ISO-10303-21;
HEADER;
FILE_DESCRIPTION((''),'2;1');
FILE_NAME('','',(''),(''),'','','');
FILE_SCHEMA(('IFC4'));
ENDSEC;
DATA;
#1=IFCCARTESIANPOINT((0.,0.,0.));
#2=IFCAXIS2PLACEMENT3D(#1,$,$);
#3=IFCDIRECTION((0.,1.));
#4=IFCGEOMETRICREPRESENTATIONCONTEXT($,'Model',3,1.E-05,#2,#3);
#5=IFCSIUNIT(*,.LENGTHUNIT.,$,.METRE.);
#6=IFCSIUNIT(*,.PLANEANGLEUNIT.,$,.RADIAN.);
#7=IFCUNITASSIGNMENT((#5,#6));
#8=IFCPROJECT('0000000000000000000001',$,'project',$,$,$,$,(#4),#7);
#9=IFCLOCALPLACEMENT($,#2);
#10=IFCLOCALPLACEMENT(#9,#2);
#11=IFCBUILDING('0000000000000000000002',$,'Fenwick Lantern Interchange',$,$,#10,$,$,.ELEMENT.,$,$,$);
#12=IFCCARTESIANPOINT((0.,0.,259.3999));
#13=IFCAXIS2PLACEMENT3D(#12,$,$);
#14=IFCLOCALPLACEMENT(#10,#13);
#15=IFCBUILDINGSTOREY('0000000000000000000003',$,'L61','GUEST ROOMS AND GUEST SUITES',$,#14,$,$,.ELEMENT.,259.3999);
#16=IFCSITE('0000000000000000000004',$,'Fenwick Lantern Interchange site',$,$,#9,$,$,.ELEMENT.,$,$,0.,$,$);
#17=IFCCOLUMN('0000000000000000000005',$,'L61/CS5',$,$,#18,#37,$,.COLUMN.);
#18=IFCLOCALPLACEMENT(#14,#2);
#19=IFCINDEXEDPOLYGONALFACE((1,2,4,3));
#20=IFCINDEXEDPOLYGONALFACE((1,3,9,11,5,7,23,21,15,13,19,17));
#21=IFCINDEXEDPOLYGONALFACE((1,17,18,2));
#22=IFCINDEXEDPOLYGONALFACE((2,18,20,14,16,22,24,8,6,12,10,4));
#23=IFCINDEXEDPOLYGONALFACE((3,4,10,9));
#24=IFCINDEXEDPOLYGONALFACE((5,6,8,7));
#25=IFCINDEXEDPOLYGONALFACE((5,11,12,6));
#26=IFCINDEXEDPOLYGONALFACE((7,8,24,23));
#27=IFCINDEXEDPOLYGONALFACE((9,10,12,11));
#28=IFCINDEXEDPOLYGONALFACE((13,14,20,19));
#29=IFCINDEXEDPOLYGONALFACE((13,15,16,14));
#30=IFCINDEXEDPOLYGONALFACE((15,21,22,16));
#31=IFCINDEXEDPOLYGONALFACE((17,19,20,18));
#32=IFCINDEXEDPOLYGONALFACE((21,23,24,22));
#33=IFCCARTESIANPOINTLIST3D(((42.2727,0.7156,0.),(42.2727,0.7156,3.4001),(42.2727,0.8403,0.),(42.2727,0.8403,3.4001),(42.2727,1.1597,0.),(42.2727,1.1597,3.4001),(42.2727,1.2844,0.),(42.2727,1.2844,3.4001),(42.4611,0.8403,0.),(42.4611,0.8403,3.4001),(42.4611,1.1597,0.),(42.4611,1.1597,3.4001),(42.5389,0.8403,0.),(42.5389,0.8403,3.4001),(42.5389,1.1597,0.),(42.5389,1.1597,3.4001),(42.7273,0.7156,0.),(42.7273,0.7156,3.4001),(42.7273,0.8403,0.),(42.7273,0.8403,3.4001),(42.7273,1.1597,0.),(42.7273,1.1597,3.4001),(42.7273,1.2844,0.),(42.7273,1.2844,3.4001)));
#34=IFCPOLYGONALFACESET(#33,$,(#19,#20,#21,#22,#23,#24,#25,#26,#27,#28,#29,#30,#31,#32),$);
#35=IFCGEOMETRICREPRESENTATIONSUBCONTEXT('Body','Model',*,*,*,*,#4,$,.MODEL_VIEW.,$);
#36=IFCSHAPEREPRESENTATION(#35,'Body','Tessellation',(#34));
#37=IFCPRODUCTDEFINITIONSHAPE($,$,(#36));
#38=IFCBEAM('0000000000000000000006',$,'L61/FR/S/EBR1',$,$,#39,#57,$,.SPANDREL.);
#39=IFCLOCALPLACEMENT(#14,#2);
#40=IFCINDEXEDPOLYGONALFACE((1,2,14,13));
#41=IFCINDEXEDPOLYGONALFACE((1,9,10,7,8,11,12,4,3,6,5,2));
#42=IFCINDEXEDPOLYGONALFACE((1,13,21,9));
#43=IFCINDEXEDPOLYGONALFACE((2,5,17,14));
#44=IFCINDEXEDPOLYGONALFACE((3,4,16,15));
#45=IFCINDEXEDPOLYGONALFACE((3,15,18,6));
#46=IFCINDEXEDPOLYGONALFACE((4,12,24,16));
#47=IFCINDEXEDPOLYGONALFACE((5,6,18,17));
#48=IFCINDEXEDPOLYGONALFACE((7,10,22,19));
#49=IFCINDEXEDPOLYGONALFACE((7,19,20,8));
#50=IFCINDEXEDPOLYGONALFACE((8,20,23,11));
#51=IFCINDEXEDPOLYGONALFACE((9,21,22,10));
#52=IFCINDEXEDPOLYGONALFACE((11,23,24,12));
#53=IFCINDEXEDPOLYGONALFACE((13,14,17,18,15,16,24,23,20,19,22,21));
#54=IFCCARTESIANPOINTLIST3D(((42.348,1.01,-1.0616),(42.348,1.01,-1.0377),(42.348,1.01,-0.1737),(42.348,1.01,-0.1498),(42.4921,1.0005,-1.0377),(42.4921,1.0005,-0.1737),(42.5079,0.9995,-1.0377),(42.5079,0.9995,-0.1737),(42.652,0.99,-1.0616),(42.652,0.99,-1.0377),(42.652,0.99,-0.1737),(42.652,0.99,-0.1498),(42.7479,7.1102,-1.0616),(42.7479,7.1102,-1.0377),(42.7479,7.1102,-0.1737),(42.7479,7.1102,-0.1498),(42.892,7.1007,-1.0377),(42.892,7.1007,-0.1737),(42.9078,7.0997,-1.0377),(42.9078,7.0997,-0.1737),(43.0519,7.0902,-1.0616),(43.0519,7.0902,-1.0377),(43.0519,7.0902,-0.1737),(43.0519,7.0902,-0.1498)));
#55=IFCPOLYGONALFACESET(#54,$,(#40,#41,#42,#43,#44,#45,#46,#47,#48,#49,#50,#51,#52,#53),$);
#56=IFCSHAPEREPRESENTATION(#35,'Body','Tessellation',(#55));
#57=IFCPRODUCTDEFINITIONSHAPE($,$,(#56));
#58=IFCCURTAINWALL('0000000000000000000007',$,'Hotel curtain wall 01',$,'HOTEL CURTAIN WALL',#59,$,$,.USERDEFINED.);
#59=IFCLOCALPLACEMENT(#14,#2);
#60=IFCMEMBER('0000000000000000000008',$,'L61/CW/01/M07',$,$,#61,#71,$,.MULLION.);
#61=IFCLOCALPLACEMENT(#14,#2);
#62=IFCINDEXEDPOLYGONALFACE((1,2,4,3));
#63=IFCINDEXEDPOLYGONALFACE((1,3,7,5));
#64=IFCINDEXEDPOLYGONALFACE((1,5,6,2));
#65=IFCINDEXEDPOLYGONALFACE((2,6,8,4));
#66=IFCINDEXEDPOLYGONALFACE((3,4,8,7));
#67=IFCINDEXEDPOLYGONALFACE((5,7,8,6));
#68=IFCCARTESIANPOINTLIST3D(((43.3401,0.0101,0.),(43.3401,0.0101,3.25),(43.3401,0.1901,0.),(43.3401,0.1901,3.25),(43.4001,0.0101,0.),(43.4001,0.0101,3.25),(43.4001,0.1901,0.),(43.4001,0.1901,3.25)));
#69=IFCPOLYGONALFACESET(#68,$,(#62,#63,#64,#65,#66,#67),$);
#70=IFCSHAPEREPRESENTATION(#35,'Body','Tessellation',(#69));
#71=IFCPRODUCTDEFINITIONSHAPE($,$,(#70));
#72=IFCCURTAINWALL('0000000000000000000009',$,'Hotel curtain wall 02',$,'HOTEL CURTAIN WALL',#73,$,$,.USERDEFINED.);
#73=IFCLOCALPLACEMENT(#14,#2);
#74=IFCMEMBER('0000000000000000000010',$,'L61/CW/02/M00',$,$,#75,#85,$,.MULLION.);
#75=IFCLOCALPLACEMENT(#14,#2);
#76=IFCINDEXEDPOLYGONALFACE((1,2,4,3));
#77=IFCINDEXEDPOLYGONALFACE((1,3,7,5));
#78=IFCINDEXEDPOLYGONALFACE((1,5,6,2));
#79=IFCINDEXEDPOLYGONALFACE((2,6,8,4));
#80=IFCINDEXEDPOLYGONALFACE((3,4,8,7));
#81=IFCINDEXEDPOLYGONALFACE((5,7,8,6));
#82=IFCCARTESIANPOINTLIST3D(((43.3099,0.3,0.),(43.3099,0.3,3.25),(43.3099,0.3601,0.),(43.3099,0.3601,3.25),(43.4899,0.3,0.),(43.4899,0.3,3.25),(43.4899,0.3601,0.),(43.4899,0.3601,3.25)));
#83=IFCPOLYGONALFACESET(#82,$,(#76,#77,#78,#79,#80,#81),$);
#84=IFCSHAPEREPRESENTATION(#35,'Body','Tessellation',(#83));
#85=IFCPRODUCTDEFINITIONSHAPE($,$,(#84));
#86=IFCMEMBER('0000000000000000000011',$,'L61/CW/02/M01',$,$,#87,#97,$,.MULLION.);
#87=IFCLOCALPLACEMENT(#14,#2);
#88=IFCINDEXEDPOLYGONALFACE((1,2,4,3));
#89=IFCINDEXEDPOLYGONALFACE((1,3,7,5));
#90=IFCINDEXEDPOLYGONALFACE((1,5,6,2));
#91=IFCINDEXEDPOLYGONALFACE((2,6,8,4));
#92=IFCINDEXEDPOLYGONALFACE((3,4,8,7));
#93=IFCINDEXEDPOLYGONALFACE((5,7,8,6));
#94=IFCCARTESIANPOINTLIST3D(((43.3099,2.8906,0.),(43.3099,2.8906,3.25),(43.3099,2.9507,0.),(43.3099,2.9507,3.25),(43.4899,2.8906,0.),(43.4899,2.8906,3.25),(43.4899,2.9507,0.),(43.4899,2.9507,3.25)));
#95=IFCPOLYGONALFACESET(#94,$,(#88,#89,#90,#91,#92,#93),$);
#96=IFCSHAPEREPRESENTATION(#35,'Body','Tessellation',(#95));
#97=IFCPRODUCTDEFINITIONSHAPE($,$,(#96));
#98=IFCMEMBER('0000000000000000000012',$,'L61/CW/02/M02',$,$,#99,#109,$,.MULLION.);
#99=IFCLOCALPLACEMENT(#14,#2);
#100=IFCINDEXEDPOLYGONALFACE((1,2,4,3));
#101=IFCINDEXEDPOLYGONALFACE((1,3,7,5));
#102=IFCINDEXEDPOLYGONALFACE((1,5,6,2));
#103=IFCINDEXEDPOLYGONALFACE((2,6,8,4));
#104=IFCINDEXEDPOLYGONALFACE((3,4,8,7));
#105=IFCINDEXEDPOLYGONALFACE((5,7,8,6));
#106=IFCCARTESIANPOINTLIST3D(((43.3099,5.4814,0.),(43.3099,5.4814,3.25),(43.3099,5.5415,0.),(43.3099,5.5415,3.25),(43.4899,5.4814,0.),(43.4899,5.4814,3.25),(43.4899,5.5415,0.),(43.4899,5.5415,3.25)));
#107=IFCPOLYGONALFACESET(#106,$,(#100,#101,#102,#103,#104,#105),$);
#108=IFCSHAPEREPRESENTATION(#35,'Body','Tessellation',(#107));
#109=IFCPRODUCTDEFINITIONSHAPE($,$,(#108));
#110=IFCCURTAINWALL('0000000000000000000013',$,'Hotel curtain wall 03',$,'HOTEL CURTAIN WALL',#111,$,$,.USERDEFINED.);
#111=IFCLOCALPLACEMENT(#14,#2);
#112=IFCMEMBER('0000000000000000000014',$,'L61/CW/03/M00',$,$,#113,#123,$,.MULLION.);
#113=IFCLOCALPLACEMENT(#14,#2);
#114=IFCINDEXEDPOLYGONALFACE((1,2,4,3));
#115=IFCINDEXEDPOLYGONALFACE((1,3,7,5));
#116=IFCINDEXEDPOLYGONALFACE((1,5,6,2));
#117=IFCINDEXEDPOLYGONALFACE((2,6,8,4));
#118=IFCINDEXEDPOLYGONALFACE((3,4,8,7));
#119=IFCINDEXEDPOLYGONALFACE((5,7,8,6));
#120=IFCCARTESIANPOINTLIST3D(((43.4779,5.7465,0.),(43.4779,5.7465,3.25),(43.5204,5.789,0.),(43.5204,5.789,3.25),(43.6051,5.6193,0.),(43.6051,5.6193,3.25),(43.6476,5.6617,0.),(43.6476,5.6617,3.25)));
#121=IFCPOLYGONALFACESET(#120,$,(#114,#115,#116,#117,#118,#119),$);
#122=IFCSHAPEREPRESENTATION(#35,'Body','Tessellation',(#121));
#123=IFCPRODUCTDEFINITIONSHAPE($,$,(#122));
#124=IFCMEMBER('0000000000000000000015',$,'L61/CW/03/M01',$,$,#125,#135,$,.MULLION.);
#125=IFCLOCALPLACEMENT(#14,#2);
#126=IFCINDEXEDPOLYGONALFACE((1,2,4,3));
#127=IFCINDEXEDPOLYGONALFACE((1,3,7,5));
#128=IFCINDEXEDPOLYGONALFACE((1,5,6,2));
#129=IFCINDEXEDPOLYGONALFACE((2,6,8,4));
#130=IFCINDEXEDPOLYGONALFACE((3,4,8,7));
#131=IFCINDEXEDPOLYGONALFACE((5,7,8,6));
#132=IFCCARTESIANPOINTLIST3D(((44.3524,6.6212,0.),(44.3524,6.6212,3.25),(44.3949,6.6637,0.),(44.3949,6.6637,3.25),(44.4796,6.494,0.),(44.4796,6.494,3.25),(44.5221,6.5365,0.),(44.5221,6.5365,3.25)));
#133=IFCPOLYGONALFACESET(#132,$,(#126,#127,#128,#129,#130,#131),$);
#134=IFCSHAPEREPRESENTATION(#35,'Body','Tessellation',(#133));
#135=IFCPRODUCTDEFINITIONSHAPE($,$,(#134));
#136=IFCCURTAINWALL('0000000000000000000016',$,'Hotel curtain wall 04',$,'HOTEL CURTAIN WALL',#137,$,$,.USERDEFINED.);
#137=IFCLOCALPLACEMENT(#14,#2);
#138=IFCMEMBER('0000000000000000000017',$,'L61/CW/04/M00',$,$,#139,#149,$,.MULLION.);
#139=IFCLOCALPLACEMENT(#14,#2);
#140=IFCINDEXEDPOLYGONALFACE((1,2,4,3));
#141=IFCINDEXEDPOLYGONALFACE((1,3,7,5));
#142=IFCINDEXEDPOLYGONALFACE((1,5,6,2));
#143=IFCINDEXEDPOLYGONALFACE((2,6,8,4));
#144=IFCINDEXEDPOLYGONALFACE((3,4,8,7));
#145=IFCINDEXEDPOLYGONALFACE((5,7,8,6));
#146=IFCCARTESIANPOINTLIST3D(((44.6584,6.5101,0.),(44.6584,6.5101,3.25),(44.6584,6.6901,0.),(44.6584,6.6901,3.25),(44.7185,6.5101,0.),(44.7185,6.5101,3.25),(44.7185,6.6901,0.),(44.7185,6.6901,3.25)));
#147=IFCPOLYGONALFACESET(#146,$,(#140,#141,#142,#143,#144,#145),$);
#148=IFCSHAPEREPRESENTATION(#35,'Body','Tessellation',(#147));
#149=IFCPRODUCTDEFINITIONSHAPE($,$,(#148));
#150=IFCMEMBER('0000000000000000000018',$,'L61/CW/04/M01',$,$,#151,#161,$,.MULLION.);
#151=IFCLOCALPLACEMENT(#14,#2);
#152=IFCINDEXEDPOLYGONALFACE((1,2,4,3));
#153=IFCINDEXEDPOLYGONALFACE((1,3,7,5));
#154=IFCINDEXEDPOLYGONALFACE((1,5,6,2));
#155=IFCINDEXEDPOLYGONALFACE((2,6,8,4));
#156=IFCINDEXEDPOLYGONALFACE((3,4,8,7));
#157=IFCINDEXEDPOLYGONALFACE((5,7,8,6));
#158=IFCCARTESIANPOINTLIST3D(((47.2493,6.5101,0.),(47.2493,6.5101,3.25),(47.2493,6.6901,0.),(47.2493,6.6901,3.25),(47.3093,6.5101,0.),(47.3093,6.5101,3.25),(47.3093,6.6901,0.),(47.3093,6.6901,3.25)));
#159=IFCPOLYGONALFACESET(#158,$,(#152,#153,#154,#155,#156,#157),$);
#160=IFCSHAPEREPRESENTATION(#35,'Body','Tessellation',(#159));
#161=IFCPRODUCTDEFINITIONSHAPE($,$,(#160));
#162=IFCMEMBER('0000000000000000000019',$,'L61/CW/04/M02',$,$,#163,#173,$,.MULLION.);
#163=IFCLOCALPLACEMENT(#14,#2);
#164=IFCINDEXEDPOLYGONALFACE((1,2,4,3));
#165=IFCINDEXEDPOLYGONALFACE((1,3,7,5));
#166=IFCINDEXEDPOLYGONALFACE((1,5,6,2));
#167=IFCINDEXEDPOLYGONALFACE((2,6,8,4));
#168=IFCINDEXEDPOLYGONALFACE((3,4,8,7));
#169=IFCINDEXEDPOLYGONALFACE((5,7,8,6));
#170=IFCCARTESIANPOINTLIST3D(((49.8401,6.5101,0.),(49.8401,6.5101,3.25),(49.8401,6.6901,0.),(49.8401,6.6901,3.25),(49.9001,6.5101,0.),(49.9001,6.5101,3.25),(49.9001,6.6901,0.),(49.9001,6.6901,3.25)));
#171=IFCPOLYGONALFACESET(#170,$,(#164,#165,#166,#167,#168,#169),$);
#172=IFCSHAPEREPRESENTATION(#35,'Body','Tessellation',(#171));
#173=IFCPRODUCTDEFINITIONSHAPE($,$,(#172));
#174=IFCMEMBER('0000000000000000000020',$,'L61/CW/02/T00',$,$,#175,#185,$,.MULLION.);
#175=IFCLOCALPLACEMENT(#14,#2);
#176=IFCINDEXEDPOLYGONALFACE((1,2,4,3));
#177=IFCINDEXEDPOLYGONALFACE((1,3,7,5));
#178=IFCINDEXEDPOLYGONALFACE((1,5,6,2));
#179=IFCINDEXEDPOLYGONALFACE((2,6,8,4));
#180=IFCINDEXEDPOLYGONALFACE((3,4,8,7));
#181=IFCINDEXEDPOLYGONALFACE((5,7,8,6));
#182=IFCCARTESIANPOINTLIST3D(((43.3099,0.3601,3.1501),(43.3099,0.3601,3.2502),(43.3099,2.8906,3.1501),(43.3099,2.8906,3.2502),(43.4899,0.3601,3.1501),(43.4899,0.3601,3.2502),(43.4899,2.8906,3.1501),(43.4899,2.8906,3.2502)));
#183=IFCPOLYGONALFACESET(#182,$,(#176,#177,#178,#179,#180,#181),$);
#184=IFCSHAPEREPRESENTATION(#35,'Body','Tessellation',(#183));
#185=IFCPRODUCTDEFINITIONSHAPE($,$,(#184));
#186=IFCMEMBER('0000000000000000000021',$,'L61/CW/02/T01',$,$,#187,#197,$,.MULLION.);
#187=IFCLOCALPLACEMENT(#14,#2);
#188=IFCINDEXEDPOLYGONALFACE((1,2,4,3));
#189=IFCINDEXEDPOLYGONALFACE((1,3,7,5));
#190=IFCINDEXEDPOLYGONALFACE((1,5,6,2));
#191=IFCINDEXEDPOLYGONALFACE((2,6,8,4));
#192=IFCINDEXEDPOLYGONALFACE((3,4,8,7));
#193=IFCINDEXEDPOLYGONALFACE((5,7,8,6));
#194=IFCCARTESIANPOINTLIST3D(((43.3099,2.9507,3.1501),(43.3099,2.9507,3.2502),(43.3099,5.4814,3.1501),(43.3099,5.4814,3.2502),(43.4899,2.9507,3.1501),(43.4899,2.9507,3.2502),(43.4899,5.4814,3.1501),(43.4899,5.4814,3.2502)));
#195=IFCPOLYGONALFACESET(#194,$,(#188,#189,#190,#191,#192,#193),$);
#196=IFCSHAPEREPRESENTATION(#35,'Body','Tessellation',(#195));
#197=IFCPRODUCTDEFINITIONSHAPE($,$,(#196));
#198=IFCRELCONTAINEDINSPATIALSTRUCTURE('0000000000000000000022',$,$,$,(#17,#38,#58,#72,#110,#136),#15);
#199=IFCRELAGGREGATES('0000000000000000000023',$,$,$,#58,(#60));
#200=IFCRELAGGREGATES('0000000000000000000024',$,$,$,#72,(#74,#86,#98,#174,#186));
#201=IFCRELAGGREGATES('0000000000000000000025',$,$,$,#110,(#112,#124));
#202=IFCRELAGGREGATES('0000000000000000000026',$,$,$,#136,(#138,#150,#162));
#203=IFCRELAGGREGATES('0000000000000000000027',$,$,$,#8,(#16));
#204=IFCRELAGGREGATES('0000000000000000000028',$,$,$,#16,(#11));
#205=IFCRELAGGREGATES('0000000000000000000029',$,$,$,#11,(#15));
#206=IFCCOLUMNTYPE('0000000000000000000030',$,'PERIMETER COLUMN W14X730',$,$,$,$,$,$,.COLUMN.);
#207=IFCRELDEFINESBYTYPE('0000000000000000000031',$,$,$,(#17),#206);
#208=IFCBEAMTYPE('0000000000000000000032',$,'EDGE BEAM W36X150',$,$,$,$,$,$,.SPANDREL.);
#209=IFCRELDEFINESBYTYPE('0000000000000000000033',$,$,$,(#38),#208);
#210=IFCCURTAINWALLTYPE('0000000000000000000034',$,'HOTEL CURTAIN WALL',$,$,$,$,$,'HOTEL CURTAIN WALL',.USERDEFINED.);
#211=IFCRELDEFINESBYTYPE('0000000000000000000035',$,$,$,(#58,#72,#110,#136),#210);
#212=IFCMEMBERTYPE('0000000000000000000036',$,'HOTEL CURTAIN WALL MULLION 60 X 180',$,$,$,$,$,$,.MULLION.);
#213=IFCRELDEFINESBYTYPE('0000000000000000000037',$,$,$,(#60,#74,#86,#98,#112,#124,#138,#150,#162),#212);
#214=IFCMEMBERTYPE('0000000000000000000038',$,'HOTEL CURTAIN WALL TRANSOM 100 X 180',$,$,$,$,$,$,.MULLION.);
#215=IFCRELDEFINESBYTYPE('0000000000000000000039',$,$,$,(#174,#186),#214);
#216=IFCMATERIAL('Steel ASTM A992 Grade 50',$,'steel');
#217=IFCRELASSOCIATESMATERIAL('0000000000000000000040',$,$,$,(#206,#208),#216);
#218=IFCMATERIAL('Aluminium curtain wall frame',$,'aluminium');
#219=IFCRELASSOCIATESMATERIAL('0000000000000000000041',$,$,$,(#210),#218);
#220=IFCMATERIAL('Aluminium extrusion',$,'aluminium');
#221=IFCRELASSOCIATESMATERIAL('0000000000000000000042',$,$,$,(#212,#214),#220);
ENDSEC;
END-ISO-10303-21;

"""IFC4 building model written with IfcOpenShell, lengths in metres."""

from ifc_helpers import new_model, si_unit, direction, frame, origin, origin_2d, place, context, subcontext, project, spatial, rectangle, i_section, extrude, material, material_profile, profile_set, type_object, element, aggregate, save


model = new_model("IFC4")

# Units and contexts
model_context = context("Model", 3, precision=1e-05, world=origin(), true_north=direction((0.0, 1.0)))
body_context = subcontext(model_context, "Body", "Model", "MODEL_VIEW")
ifc_project = project(units=[si_unit("LENGTHUNIT", "METRE"), si_unit("PLANEANGLEUNIT", "RADIAN")], contexts=[model_context])

# Site, building, storey
site_placement = place(None, origin())
site = spatial("IfcSite", under=ifc_project, at=site_placement, Name="Fenwick Lantern Interchange site", CompositionType="ELEMENT", RefElevation=0.0)
building_placement = place(site_placement, origin())
building = spatial("IfcBuilding", under=site, at=building_placement, Name="Fenwick Lantern Interchange", CompositionType="ELEMENT")
storey_placement = place(building_placement, frame((0.0, 0.0, 259.3999)))
storey = spatial("IfcBuildingStorey", under=building, at=storey_placement, Name="L61", Description="GUEST ROOMS AND GUEST SUITES", CompositionType="ELEMENT", Elevation=259.3999)

# Column
ifc_material_1 = material(Name="Steel ASTM A992 Grade 50", Category="steel")
ifc_material_profile_1 = material_profile(ifc_material_1, i_section(OverallWidth=0.4546, OverallDepth=0.5688, WebThickness=0.0779, FlangeThickness=0.1248, at=origin_2d()), Name="W14X730")
ifc_profile_set_1 = profile_set([ifc_material_profile_1], Name="Steel ASTM A992 Grade 50")
column_type = type_object("IfcColumnType", Name="PERIMETER COLUMN W14X730", PredefinedType="COLUMN", material=ifc_profile_set_1)
column_placement = place(storey_placement, frame((42.5, 1.0, 0.0), z_axis=(0.0, 0.0, 1.0), x_axis=(1.0, 0.0, 0.0)))
element("IfcColumn", 1, at=column_placement, inside=storey, type_object=column_type, Name="L61/CS5", PredefinedType="COLUMN", context=body_context, shape_type="SweptSolid", body=[
    extrude(i_section(OverallWidth=0.4546, OverallDepth=0.5688, WebThickness=0.0779, FlangeThickness=0.1248, at=origin_2d()), origin(), (0.0, 0.0, 1.0), 3.4001),
])

# Beam
ifc_material_profile_2 = material_profile(ifc_material_1, i_section(OverallWidth=0.3047, OverallDepth=0.9119, WebThickness=0.0159, FlangeThickness=0.0239, at=origin_2d()), Name="W36X150")
ifc_profile_set_2 = profile_set([ifc_material_profile_2], Name="Steel ASTM A992 Grade 50")
beam_type = type_object("IfcBeamType", Name="EDGE BEAM W36X150", PredefinedType="SPANDREL", material=ifc_profile_set_2)
beam_placement = place(storey_placement, frame((42.5, 1.0, -0.6057), z_axis=(0.065416, 0.997858, 0.0), x_axis=(-0.997858, 0.065416, 0.0)))
element("IfcBeam", 2, at=beam_placement, inside=storey, type_object=beam_type, Name="L61/FR/S/EBR1", PredefinedType="SPANDREL", context=body_context, shape_type="SweptSolid", body=[
    extrude(i_section(OverallWidth=0.3047, OverallDepth=0.9119, WebThickness=0.0159, FlangeThickness=0.0239, at=origin_2d()), origin(), (0.0, 0.0, 1.0), 6.1133),
])

# Curtain wall, member
ifc_material_2 = material(Name="Aluminium curtain wall frame", Category="aluminium")
curtain_wall_type = type_object("IfcCurtainWallType", Name="HOTEL CURTAIN WALL", ElementType="HOTEL CURTAIN WALL", PredefinedType="USERDEFINED", material=ifc_material_2)
curtain_wall_1_placement = place(storey_placement, origin())
curtain_wall_1 = element("IfcCurtainWall", 3, at=curtain_wall_1_placement, inside=storey, type_object=curtain_wall_type, Name="Hotel curtain wall 01", ObjectType="HOTEL CURTAIN WALL", PredefinedType="USERDEFINED")
ifc_material_3 = material(Name="Aluminium extrusion", Category="aluminium")
ifc_material_profile_3 = material_profile(ifc_material_3, rectangle(XDim=0.1799, YDim=0.0601, at=origin_2d()), Name="HOTEL CURTAIN WALL MULLION 60 X 180")
ifc_profile_set_3 = profile_set([ifc_material_profile_3], Name="Aluminium extrusion")
member_type_1 = type_object("IfcMemberType", Name="HOTEL CURTAIN WALL MULLION 60 X 180", PredefinedType="MULLION", material=ifc_profile_set_3)
member_1_placement = place(storey_placement, frame((43.3701, 0.1001, 0.0), z_axis=(0.0, 0.0, 1.0), x_axis=(0.0, 1.0, 0.0)))
member_1 = element("IfcMember", 4, at=member_1_placement, type_object=member_type_1, Name="L61/CW/01/M07", PredefinedType="MULLION", context=body_context, shape_type="SweptSolid", body=[
    extrude(rectangle(XDim=0.1799, YDim=0.0601, at=origin_2d()), origin(), (0.0, 0.0, 1.0), 3.25),
])
aggregate(curtain_wall_1, [member_1])

# Curtain walls, members
curtain_wall_2_placement = place(storey_placement, origin())
curtain_wall_2 = element("IfcCurtainWall", 5, at=curtain_wall_2_placement, inside=storey, type_object=curtain_wall_type, Name="Hotel curtain wall 02", ObjectType="HOTEL CURTAIN WALL", PredefinedType="USERDEFINED")
member_2_placement = place(storey_placement, frame((43.3999, 0.3301, 0.0), z_axis=(0.0, 0.0, 1.0), x_axis=(-1.0, 0.0, 0.0)))
member_2 = element("IfcMember", 6, at=member_2_placement, type_object=member_type_1, Name="L61/CW/02/M00", PredefinedType="MULLION", context=body_context, shape_type="SweptSolid", body=[
    extrude(rectangle(XDim=0.1799, YDim=0.0601, at=origin_2d()), origin(), (0.0, 0.0, 1.0), 3.25),
])
member_3_placement = place(storey_placement, frame((43.3999, 2.9207, 0.0), z_axis=(0.0, 0.0, 1.0), x_axis=(-1.0, 0.0, 0.0)))
member_3 = element("IfcMember", 7, at=member_3_placement, type_object=member_type_1, Name="L61/CW/02/M01", PredefinedType="MULLION", context=body_context, shape_type="SweptSolid", body=[
    extrude(rectangle(XDim=0.1799, YDim=0.0601, at=origin_2d()), origin(), (0.0, 0.0, 1.0), 3.25),
])
member_4_placement = place(storey_placement, frame((43.3999, 5.5115, 0.0), z_axis=(0.0, 0.0, 1.0), x_axis=(-1.0, 0.0, 0.0)))
member_4 = element("IfcMember", 8, at=member_4_placement, type_object=member_type_1, Name="L61/CW/02/M02", PredefinedType="MULLION", context=body_context, shape_type="SweptSolid", body=[
    extrude(rectangle(XDim=0.1799, YDim=0.0601, at=origin_2d()), origin(), (0.0, 0.0, 1.0), 3.25),
])
curtain_wall_3_placement = place(storey_placement, origin())
curtain_wall_3 = element("IfcCurtainWall", 9, at=curtain_wall_3_placement, inside=storey, type_object=curtain_wall_type, Name="Hotel curtain wall 03", ObjectType="HOTEL CURTAIN WALL", PredefinedType="USERDEFINED")
member_5_placement = place(storey_placement, frame((43.5627, 5.7041, 0.0), z_axis=(0.0, 0.0, 1.0), x_axis=(-0.707107, 0.707107, 0.0)))
member_5 = element("IfcMember", 10, at=member_5_placement, type_object=member_type_1, Name="L61/CW/03/M00", PredefinedType="MULLION", context=body_context, shape_type="SweptSolid", body=[
    extrude(rectangle(XDim=0.1799, YDim=0.0601, at=origin_2d()), origin(), (0.0, 0.0, 1.0), 3.25),
])
member_6_placement = place(storey_placement, frame((44.4373, 6.5789, 0.0), z_axis=(0.0, 0.0, 1.0), x_axis=(-0.707107, 0.707107, 0.0)))
member_6 = element("IfcMember", 11, at=member_6_placement, type_object=member_type_1, Name="L61/CW/03/M01", PredefinedType="MULLION", context=body_context, shape_type="SweptSolid", body=[
    extrude(rectangle(XDim=0.1799, YDim=0.0601, at=origin_2d()), origin(), (0.0, 0.0, 1.0), 3.25),
])
curtain_wall_4_placement = place(storey_placement, origin())
curtain_wall_4 = element("IfcCurtainWall", 12, at=curtain_wall_4_placement, inside=storey, type_object=curtain_wall_type, Name="Hotel curtain wall 04", ObjectType="HOTEL CURTAIN WALL", PredefinedType="USERDEFINED")
member_7_placement = place(storey_placement, frame((44.6885, 6.6001, 0.0), z_axis=(0.0, 0.0, 1.0), x_axis=(0.0, 1.0, 0.0)))
member_7 = element("IfcMember", 13, at=member_7_placement, type_object=member_type_1, Name="L61/CW/04/M00", PredefinedType="MULLION", context=body_context, shape_type="SweptSolid", body=[
    extrude(rectangle(XDim=0.1799, YDim=0.0601, at=origin_2d()), origin(), (0.0, 0.0, 1.0), 3.25),
])
member_8_placement = place(storey_placement, frame((47.2793, 6.6001, 0.0), z_axis=(0.0, 0.0, 1.0), x_axis=(0.0, 1.0, 0.0)))
member_8 = element("IfcMember", 14, at=member_8_placement, type_object=member_type_1, Name="L61/CW/04/M01", PredefinedType="MULLION", context=body_context, shape_type="SweptSolid", body=[
    extrude(rectangle(XDim=0.1799, YDim=0.0601, at=origin_2d()), origin(), (0.0, 0.0, 1.0), 3.25),
])
member_9_placement = place(storey_placement, frame((49.8701, 6.6001, 0.0), z_axis=(0.0, 0.0, 1.0), x_axis=(0.0, 1.0, 0.0)))
member_9 = element("IfcMember", 15, at=member_9_placement, type_object=member_type_1, Name="L61/CW/04/M02", PredefinedType="MULLION", context=body_context, shape_type="SweptSolid", body=[
    extrude(rectangle(XDim=0.1799, YDim=0.0601, at=origin_2d()), origin(), (0.0, 0.0, 1.0), 3.25),
])

# Members
ifc_material_profile_4 = material_profile(ifc_material_3, rectangle(XDim=0.1799, YDim=0.1001, at=origin_2d()), Name="HOTEL CURTAIN WALL TRANSOM 100 X 180")
ifc_profile_set_4 = profile_set([ifc_material_profile_4], Name="Aluminium extrusion")
member_type_2 = type_object("IfcMemberType", Name="HOTEL CURTAIN WALL TRANSOM 100 X 180", PredefinedType="MULLION", material=ifc_profile_set_4)
member_10_placement = place(storey_placement, frame((43.3999, 0.3601, 3.2002), z_axis=(0.0, 1.0, 0.0), x_axis=(-1.0, 0.0, 0.0)))
member_10 = element("IfcMember", 16, at=member_10_placement, type_object=member_type_2, Name="L61/CW/02/T00", PredefinedType="MULLION", context=body_context, shape_type="SweptSolid", body=[
    extrude(rectangle(XDim=0.1799, YDim=0.1001, at=origin_2d()), origin(), (0.0, 0.0, 1.0), 2.5305),
])
member_11_placement = place(storey_placement, frame((43.3999, 2.9507, 3.2002), z_axis=(0.0, 1.0, 0.0), x_axis=(-1.0, 0.0, 0.0)))
member_11 = element("IfcMember", 17, at=member_11_placement, type_object=member_type_2, Name="L61/CW/02/T01", PredefinedType="MULLION", context=body_context, shape_type="SweptSolid", body=[
    extrude(rectangle(XDim=0.1799, YDim=0.1001, at=origin_2d()), origin(), (0.0, 0.0, 1.0), 2.5308),
])

aggregate(curtain_wall_2, [member_2, member_3, member_4, member_10, member_11])
aggregate(curtain_wall_3, [member_5, member_6])
aggregate(curtain_wall_4, [member_7, member_8, member_9])

save(model, "model.ifc")
